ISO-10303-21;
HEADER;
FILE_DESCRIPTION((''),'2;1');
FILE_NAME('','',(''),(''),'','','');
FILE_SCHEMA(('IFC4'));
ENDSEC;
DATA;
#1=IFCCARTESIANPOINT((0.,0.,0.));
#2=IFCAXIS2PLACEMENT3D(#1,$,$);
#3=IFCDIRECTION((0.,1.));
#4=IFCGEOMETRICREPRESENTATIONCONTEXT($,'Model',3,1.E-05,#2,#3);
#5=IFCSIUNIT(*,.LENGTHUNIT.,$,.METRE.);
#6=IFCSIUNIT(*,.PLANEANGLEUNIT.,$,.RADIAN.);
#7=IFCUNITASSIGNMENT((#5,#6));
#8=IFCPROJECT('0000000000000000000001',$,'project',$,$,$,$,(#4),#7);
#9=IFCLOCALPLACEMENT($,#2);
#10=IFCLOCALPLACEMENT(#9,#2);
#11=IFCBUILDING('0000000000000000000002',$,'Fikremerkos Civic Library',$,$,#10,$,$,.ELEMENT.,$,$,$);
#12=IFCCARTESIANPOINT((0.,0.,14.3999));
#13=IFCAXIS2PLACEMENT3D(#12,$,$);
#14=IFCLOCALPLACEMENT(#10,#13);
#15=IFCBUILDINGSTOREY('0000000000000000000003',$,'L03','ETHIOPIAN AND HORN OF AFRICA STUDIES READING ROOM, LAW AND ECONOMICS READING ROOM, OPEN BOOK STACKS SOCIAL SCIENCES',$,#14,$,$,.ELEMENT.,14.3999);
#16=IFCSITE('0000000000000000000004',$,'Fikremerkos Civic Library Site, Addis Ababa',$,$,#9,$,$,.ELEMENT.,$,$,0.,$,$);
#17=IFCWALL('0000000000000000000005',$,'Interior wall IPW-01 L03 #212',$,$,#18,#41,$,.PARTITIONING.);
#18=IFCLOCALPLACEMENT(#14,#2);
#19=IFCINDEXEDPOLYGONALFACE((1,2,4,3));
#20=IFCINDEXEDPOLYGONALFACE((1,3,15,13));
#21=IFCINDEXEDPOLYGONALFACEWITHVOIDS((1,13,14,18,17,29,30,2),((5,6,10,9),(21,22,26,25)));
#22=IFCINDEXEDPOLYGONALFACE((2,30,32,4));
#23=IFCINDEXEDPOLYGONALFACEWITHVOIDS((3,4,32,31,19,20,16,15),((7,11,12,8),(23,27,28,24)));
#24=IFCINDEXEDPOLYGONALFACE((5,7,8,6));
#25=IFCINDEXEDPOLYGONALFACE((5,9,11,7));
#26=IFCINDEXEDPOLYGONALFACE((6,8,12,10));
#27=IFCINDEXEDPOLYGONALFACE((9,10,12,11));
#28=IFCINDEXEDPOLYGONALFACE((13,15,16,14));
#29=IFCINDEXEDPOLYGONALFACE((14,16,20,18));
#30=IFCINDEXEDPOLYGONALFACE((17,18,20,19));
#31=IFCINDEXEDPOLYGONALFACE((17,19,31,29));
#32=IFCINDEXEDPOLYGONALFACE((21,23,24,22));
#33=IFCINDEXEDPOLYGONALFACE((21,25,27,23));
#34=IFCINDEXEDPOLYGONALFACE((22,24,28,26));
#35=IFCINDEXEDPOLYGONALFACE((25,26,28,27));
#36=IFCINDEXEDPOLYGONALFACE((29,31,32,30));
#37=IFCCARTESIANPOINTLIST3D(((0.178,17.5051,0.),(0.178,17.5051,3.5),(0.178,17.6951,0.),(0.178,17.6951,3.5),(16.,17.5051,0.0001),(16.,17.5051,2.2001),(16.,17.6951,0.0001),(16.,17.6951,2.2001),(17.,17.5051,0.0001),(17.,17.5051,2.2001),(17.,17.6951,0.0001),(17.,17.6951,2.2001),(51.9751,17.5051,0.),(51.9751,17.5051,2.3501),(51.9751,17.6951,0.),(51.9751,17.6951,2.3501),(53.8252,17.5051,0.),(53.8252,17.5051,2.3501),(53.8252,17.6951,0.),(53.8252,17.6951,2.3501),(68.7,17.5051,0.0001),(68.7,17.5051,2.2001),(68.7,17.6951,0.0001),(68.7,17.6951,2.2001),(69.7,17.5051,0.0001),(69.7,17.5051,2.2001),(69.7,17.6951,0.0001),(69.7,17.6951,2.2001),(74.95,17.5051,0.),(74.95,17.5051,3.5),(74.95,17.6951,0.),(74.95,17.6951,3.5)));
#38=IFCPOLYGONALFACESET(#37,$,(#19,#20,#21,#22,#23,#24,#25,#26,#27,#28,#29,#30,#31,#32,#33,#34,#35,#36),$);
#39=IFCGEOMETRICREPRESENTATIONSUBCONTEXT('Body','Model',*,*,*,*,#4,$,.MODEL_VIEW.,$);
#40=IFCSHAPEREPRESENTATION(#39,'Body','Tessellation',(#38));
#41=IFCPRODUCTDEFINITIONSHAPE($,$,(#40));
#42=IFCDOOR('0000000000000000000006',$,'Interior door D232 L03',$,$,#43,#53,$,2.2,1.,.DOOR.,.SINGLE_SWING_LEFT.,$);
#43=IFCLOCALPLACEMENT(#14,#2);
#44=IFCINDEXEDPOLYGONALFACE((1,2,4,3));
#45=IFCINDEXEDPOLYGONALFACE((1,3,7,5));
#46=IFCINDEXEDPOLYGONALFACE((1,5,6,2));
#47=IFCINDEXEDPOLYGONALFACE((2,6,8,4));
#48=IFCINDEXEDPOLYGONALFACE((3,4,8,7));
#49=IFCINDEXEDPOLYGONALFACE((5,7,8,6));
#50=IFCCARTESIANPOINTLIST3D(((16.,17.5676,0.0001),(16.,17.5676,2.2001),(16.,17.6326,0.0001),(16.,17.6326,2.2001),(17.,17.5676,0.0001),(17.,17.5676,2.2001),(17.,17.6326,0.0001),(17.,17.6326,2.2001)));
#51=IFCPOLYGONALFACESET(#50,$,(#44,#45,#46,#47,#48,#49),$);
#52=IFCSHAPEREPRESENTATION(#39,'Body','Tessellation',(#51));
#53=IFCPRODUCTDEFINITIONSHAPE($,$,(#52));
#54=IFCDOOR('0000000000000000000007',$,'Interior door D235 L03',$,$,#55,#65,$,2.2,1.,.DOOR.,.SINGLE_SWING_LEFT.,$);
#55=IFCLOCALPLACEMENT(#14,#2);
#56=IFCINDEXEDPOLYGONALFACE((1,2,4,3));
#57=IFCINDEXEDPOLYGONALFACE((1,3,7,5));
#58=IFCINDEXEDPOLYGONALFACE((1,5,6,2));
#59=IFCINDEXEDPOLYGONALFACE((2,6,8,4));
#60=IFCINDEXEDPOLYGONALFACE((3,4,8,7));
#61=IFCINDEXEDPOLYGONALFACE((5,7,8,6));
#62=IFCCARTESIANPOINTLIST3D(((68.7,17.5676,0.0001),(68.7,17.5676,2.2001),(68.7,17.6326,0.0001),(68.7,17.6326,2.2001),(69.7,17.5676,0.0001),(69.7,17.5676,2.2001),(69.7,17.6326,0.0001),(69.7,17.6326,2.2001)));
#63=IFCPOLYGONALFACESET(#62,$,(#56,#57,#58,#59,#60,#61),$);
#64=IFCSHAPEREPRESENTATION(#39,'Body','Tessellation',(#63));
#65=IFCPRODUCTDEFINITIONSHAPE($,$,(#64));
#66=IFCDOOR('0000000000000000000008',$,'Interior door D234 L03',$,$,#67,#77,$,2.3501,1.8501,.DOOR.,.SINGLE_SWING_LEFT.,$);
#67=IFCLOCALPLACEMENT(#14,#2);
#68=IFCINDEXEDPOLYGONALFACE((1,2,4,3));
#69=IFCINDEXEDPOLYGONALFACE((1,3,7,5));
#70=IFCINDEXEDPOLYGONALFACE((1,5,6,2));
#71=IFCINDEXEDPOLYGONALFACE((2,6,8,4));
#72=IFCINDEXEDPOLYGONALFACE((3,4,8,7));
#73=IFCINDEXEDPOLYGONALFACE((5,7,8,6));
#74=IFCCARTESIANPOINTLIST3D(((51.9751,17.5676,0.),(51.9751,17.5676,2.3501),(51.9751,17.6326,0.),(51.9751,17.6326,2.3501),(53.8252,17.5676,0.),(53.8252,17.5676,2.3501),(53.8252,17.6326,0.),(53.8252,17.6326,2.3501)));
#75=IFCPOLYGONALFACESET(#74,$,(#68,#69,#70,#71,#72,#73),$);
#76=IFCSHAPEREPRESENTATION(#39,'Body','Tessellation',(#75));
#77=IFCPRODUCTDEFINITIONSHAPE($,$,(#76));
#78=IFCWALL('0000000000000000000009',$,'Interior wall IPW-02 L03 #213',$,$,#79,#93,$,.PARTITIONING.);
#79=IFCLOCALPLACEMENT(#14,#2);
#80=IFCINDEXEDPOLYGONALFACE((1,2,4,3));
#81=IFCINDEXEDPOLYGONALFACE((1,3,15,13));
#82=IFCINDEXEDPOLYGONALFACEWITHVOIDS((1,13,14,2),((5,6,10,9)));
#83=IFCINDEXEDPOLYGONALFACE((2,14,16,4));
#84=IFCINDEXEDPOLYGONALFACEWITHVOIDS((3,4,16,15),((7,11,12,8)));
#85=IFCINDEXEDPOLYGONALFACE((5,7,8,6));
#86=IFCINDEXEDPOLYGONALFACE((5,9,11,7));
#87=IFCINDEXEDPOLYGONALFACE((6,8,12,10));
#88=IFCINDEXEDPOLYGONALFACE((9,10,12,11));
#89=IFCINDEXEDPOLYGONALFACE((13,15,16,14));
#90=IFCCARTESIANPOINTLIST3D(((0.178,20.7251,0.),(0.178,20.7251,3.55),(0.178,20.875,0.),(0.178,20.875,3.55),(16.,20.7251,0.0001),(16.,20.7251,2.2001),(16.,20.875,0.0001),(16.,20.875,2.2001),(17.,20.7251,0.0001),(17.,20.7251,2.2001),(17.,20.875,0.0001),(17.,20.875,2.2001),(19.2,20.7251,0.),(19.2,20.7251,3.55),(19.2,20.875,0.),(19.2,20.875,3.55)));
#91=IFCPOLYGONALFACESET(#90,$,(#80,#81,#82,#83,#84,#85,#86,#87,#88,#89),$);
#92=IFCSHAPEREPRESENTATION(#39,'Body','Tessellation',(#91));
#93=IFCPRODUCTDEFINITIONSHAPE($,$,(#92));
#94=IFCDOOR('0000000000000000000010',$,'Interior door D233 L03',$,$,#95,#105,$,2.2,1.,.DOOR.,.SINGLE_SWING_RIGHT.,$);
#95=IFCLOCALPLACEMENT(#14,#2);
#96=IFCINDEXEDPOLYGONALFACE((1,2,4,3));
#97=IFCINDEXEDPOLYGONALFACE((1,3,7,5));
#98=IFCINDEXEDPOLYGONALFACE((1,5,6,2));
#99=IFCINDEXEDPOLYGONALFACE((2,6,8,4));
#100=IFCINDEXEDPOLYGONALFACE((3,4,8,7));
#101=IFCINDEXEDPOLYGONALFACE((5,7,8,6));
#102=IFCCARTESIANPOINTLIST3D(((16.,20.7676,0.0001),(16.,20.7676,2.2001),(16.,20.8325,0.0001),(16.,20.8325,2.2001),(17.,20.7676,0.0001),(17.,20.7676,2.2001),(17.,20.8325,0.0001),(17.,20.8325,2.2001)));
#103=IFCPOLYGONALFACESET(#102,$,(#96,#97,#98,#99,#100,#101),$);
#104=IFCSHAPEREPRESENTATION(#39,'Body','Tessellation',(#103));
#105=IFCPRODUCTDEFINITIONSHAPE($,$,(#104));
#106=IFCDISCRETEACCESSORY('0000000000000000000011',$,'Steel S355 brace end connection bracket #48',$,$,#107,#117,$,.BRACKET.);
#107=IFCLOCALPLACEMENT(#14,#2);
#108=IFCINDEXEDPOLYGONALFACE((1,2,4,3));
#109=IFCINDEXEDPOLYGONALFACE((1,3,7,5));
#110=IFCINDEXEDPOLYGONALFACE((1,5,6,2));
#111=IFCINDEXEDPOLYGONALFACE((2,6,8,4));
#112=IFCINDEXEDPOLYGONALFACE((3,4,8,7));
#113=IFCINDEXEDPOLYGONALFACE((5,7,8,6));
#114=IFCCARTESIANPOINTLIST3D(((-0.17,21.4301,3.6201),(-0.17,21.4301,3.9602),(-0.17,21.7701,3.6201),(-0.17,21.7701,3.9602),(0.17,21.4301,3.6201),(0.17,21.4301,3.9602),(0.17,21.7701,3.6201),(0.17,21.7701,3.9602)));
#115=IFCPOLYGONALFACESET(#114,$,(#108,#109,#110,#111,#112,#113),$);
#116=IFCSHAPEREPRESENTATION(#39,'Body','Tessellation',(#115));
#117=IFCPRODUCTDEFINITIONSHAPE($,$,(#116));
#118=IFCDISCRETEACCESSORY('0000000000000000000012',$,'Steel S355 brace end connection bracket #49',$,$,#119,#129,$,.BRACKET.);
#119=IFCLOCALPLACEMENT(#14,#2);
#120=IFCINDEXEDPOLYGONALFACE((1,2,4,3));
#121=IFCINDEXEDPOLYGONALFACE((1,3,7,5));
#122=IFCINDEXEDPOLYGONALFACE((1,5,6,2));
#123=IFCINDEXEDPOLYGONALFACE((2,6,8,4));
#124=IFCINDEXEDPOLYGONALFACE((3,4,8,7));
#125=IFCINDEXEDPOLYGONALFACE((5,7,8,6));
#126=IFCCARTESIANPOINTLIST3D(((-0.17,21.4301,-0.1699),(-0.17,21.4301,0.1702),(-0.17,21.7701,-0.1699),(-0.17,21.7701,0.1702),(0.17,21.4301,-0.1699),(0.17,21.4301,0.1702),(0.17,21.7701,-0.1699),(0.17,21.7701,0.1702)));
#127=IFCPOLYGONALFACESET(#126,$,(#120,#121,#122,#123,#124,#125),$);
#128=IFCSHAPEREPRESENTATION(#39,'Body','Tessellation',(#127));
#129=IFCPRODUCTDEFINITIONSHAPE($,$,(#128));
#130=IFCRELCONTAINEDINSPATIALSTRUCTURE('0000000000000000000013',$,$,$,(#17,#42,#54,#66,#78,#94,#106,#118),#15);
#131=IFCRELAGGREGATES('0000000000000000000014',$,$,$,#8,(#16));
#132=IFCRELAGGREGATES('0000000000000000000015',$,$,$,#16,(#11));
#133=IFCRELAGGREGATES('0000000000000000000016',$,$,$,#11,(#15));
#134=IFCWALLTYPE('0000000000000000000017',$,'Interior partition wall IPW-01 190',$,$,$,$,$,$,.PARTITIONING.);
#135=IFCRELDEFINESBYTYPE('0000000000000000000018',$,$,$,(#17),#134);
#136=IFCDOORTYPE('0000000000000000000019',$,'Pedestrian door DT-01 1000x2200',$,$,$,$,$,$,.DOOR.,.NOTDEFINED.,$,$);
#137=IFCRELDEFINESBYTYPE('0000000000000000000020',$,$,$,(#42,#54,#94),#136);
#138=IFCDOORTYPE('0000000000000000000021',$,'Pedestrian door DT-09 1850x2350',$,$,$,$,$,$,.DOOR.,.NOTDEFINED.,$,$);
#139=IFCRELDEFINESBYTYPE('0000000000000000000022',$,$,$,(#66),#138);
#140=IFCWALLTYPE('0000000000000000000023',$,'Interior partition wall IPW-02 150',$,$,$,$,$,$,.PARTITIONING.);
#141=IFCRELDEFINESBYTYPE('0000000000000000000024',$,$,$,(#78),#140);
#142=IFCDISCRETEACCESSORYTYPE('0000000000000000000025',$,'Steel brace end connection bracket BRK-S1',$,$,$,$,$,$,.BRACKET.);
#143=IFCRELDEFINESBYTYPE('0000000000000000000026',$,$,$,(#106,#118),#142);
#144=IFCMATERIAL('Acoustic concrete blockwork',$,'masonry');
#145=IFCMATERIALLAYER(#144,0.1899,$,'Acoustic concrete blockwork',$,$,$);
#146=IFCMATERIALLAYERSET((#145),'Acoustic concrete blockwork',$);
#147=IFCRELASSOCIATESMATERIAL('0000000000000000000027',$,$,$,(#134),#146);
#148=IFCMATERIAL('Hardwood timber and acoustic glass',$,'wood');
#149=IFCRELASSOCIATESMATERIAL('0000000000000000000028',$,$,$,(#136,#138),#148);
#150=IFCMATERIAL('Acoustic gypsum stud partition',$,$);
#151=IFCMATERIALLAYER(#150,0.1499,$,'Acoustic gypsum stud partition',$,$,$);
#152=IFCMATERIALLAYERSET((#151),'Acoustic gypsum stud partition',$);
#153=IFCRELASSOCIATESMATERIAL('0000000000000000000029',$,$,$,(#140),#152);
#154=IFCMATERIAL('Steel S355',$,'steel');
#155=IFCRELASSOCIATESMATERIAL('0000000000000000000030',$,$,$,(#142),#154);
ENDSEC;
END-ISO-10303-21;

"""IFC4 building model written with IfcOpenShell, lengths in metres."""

from ifc_helpers import new_model, si_unit, direction, frame, frame_2d, origin, origin_2d, place, context, subcontext, project, spatial, rectangle, extrude, material, layer, layer_set, type_object, element, fill, save


model = new_model("IFC4")

# Units and contexts
model_context = context("Model", 3, precision=1e-05, world=origin(), true_north=direction((0.0, 1.0)))
body_context = subcontext(model_context, "Body", "Model", "MODEL_VIEW")
ifc_project = project(units=[si_unit("LENGTHUNIT", "METRE"), si_unit("PLANEANGLEUNIT", "RADIAN")], contexts=[model_context])

# Site, building, storey
site_placement = place(None, origin())
site = spatial("IfcSite", under=ifc_project, at=site_placement, Name="Fikremerkos Civic Library Site, Addis Ababa", CompositionType="ELEMENT", RefElevation=0.0)
building_placement = place(site_placement, origin())
building = spatial("IfcBuilding", under=site, at=building_placement, Name="Fikremerkos Civic Library", CompositionType="ELEMENT")
storey_placement = place(building_placement, frame((0.0, 0.0, 14.3999)))
storey = spatial("IfcBuildingStorey", under=building, at=storey_placement, Name="L03", Description="ETHIOPIAN AND HORN OF AFRICA STUDIES READING ROOM, LAW AND ECONOMICS READING ROOM, OPEN BOOK STACKS SOCIAL SCIENCES", CompositionType="ELEMENT", Elevation=14.3999)

# Shared definitions
ifc_material_1 = material(Name="Steel S355", Category="steel")

# Wall, openings, doors
ifc_material_2 = material(Name="Acoustic concrete blockwork", Category="masonry")
ifc_layer_1 = layer(ifc_material_2, 0.1899, Name="Acoustic concrete blockwork")
ifc_layer_set_1 = layer_set([ifc_layer_1], Name="Acoustic concrete blockwork")
wall_type_1 = type_object("IfcWallType", Name="Interior partition wall IPW-01 190", PredefinedType="PARTITIONING", material=ifc_layer_set_1)
wall_1_placement = place(storey_placement, frame((0.178, 17.6001, 0.0), z_axis=(0.0, 0.0, 1.0), x_axis=(1.0, 0.0, 0.0)))
wall_1 = element("IfcWall", 1, at=wall_1_placement, inside=storey, type_object=wall_type_1, Name="Interior wall IPW-01 L03 #212", PredefinedType="PARTITIONING", context=body_context, shape_type="SweptSolid", body=[
    extrude(rectangle(XDim=74.772, YDim=0.1899, at=frame_2d((37.386, 0.0))), origin(), (0.0, 0.0, 1.0), 3.5),
])
opening_1_placement = place(wall_1_placement, frame((15.822, 0.0, 0.0)))
opening_1 = element("IfcOpeningElement", 2, at=opening_1_placement, cuts=wall_1, PredefinedType="OPENING", context=body_context, shape_type="SweptSolid", body=[
    extrude(rectangle(XDim=1.0, YDim=2.2, at=frame_2d((0.5, 1.1001))), frame((0.0, 0.105, 0.0), z_axis=(0.0, -1.0, 0.0), x_axis=(1.0, 0.0, 0.0)), (0.0, 0.0, 1.0), 0.21),
])
opening_2_placement = place(wall_1_placement, frame((51.7971, 0.0, 0.0)))
opening_2 = element("IfcOpeningElement", 3, at=opening_2_placement, cuts=wall_1, PredefinedType="OPENING", context=body_context, shape_type="SweptSolid", body=[
    extrude(rectangle(XDim=1.8501, YDim=2.3501, at=frame_2d((0.925, 1.175))), frame((0.0, 0.105, 0.0), z_axis=(0.0, -1.0, 0.0), x_axis=(1.0, 0.0, 0.0)), (0.0, 0.0, 1.0), 0.21),
])
opening_3_placement = place(wall_1_placement, frame((68.522, 0.0, 0.0)))
opening_3 = element("IfcOpeningElement", 4, at=opening_3_placement, cuts=wall_1, PredefinedType="OPENING", context=body_context, shape_type="SweptSolid", body=[
    extrude(rectangle(XDim=1.0, YDim=2.2, at=frame_2d((0.5, 1.1001))), frame((0.0, 0.105, 0.0), z_axis=(0.0, -1.0, 0.0), x_axis=(1.0, 0.0, 0.0)), (0.0, 0.0, 1.0), 0.21),
])
ifc_material_3 = material(Name="Hardwood timber and acoustic glass", Category="wood")
door_type_1 = type_object("IfcDoorType", Name="Pedestrian door DT-01 1000x2200", OperationType="NOTDEFINED", PredefinedType="DOOR", material=ifc_material_3)
door_1_placement = place(opening_1_placement, origin())
door_1 = element("IfcDoor", 5, at=door_1_placement, inside=storey, type_object=door_type_1, Name="Interior door D232 L03", OperationType="SINGLE_SWING_LEFT", OverallHeight=2.2, OverallWidth=1.0, PredefinedType="DOOR", context=body_context, shape_type="SweptSolid", body=[
    extrude(rectangle(XDim=1.0, YDim=2.2, at=frame_2d((0.5, 1.1001))), frame((0.0, 0.0325, 0.0), z_axis=(0.0, -1.0, 0.0), x_axis=(1.0, 0.0, 0.0)), (0.0, 0.0, 1.0), 0.0649),
])
fill(opening_1, door_1)
door_2_placement = place(opening_3_placement, origin())
door_2 = element("IfcDoor", 6, at=door_2_placement, inside=storey, type_object=door_type_1, Name="Interior door D235 L03", OperationType="SINGLE_SWING_LEFT", OverallHeight=2.2, OverallWidth=1.0, PredefinedType="DOOR", context=body_context, shape_type="SweptSolid", body=[
    extrude(rectangle(XDim=1.0, YDim=2.2, at=frame_2d((0.5, 1.1001))), frame((0.0, 0.0325, 0.0), z_axis=(0.0, -1.0, 0.0), x_axis=(1.0, 0.0, 0.0)), (0.0, 0.0, 1.0), 0.0649),
])
fill(opening_3, door_2)
door_type_2 = type_object("IfcDoorType", Name="Pedestrian door DT-09 1850x2350", OperationType="NOTDEFINED", PredefinedType="DOOR", material=ifc_material_3)
door_3_placement = place(opening_2_placement, origin())
door_3 = element("IfcDoor", 7, at=door_3_placement, inside=storey, type_object=door_type_2, Name="Interior door D234 L03", OperationType="SINGLE_SWING_LEFT", OverallHeight=2.3501, OverallWidth=1.8501, PredefinedType="DOOR", context=body_context, shape_type="SweptSolid", body=[
    extrude(rectangle(XDim=1.8501, YDim=2.3501, at=frame_2d((0.925, 1.175))), frame((0.0, 0.0325, 0.0), z_axis=(0.0, -1.0, 0.0), x_axis=(1.0, 0.0, 0.0)), (0.0, 0.0, 1.0), 0.0649),
])
fill(opening_2, door_3)

# Wall, opening, door
ifc_material_4 = material(Name="Acoustic gypsum stud partition")
ifc_layer_2 = layer(ifc_material_4, 0.1499, Name="Acoustic gypsum stud partition")
ifc_layer_set_2 = layer_set([ifc_layer_2], Name="Acoustic gypsum stud partition")
wall_type_2 = type_object("IfcWallType", Name="Interior partition wall IPW-02 150", PredefinedType="PARTITIONING", material=ifc_layer_set_2)
wall_2_placement = place(storey_placement, frame((0.178, 20.8, 0.0), z_axis=(0.0, 0.0, 1.0), x_axis=(1.0, 0.0, 0.0)))
wall_2 = element("IfcWall", 8, at=wall_2_placement, inside=storey, type_object=wall_type_2, Name="Interior wall IPW-02 L03 #213", PredefinedType="PARTITIONING", context=body_context, shape_type="SweptSolid", body=[
    extrude(rectangle(XDim=19.022, YDim=0.1499, at=frame_2d((9.511, 0.0))), origin(), (0.0, 0.0, 1.0), 3.55),
])
opening_4_placement = place(wall_2_placement, frame((15.822, 0.0, 0.0)))
opening_4 = element("IfcOpeningElement", 9, at=opening_4_placement, cuts=wall_2, PredefinedType="OPENING", context=body_context, shape_type="SweptSolid", body=[
    extrude(rectangle(XDim=1.0, YDim=2.2, at=frame_2d((0.5, 1.1001))), frame((0.0, 0.085, 0.0), z_axis=(0.0, -1.0, 0.0), x_axis=(1.0, 0.0, 0.0)), (0.0, 0.0, 1.0), 0.1699),
])
door_4_placement = place(opening_4_placement, origin())
door_4 = element("IfcDoor", 10, at=door_4_placement, inside=storey, type_object=door_type_1, Name="Interior door D233 L03", OperationType="SINGLE_SWING_RIGHT", OverallHeight=2.2, OverallWidth=1.0, PredefinedType="DOOR", context=body_context, shape_type="SweptSolid", body=[
    extrude(rectangle(XDim=1.0, YDim=2.2, at=frame_2d((0.5, 1.1001))), frame((0.0, 0.0325, 0.0), z_axis=(0.0, -1.0, 0.0), x_axis=(1.0, 0.0, 0.0)), (0.0, 0.0, 1.0), 0.0649),
])
fill(opening_4, door_4)

# Discrete accessories
discrete_accessory_type = type_object("IfcDiscreteAccessoryType", Name="Steel brace end connection bracket BRK-S1", PredefinedType="BRACKET", material=ifc_material_1)
for number, where, z_axis, x_axis, name in (
    (11, (0.0, 21.6001, 3.6201), (0.0, 0.0, 1.0), (1.0, 0.0, 0.0), "Steel S355 brace end connection bracket #48"),
    (12, (0.0, 21.6001, -0.1699), (0.0, 0.0, 1.0), (1.0, 0.0, 0.0), "Steel S355 brace end connection bracket #49"),
):
    element("IfcDiscreteAccessory", number, at=place(storey_placement, frame(where, z_axis=z_axis, x_axis=x_axis)), inside=storey, type_object=discrete_accessory_type, Name=name, PredefinedType="BRACKET", context=body_context, shape_type="SweptSolid", body=[
        extrude(rectangle(XDim=0.3401, YDim=0.3401, at=origin_2d()), origin(), (0.0, 0.0, 1.0), 0.3401),
    ])

save(model, "model.ifc")
